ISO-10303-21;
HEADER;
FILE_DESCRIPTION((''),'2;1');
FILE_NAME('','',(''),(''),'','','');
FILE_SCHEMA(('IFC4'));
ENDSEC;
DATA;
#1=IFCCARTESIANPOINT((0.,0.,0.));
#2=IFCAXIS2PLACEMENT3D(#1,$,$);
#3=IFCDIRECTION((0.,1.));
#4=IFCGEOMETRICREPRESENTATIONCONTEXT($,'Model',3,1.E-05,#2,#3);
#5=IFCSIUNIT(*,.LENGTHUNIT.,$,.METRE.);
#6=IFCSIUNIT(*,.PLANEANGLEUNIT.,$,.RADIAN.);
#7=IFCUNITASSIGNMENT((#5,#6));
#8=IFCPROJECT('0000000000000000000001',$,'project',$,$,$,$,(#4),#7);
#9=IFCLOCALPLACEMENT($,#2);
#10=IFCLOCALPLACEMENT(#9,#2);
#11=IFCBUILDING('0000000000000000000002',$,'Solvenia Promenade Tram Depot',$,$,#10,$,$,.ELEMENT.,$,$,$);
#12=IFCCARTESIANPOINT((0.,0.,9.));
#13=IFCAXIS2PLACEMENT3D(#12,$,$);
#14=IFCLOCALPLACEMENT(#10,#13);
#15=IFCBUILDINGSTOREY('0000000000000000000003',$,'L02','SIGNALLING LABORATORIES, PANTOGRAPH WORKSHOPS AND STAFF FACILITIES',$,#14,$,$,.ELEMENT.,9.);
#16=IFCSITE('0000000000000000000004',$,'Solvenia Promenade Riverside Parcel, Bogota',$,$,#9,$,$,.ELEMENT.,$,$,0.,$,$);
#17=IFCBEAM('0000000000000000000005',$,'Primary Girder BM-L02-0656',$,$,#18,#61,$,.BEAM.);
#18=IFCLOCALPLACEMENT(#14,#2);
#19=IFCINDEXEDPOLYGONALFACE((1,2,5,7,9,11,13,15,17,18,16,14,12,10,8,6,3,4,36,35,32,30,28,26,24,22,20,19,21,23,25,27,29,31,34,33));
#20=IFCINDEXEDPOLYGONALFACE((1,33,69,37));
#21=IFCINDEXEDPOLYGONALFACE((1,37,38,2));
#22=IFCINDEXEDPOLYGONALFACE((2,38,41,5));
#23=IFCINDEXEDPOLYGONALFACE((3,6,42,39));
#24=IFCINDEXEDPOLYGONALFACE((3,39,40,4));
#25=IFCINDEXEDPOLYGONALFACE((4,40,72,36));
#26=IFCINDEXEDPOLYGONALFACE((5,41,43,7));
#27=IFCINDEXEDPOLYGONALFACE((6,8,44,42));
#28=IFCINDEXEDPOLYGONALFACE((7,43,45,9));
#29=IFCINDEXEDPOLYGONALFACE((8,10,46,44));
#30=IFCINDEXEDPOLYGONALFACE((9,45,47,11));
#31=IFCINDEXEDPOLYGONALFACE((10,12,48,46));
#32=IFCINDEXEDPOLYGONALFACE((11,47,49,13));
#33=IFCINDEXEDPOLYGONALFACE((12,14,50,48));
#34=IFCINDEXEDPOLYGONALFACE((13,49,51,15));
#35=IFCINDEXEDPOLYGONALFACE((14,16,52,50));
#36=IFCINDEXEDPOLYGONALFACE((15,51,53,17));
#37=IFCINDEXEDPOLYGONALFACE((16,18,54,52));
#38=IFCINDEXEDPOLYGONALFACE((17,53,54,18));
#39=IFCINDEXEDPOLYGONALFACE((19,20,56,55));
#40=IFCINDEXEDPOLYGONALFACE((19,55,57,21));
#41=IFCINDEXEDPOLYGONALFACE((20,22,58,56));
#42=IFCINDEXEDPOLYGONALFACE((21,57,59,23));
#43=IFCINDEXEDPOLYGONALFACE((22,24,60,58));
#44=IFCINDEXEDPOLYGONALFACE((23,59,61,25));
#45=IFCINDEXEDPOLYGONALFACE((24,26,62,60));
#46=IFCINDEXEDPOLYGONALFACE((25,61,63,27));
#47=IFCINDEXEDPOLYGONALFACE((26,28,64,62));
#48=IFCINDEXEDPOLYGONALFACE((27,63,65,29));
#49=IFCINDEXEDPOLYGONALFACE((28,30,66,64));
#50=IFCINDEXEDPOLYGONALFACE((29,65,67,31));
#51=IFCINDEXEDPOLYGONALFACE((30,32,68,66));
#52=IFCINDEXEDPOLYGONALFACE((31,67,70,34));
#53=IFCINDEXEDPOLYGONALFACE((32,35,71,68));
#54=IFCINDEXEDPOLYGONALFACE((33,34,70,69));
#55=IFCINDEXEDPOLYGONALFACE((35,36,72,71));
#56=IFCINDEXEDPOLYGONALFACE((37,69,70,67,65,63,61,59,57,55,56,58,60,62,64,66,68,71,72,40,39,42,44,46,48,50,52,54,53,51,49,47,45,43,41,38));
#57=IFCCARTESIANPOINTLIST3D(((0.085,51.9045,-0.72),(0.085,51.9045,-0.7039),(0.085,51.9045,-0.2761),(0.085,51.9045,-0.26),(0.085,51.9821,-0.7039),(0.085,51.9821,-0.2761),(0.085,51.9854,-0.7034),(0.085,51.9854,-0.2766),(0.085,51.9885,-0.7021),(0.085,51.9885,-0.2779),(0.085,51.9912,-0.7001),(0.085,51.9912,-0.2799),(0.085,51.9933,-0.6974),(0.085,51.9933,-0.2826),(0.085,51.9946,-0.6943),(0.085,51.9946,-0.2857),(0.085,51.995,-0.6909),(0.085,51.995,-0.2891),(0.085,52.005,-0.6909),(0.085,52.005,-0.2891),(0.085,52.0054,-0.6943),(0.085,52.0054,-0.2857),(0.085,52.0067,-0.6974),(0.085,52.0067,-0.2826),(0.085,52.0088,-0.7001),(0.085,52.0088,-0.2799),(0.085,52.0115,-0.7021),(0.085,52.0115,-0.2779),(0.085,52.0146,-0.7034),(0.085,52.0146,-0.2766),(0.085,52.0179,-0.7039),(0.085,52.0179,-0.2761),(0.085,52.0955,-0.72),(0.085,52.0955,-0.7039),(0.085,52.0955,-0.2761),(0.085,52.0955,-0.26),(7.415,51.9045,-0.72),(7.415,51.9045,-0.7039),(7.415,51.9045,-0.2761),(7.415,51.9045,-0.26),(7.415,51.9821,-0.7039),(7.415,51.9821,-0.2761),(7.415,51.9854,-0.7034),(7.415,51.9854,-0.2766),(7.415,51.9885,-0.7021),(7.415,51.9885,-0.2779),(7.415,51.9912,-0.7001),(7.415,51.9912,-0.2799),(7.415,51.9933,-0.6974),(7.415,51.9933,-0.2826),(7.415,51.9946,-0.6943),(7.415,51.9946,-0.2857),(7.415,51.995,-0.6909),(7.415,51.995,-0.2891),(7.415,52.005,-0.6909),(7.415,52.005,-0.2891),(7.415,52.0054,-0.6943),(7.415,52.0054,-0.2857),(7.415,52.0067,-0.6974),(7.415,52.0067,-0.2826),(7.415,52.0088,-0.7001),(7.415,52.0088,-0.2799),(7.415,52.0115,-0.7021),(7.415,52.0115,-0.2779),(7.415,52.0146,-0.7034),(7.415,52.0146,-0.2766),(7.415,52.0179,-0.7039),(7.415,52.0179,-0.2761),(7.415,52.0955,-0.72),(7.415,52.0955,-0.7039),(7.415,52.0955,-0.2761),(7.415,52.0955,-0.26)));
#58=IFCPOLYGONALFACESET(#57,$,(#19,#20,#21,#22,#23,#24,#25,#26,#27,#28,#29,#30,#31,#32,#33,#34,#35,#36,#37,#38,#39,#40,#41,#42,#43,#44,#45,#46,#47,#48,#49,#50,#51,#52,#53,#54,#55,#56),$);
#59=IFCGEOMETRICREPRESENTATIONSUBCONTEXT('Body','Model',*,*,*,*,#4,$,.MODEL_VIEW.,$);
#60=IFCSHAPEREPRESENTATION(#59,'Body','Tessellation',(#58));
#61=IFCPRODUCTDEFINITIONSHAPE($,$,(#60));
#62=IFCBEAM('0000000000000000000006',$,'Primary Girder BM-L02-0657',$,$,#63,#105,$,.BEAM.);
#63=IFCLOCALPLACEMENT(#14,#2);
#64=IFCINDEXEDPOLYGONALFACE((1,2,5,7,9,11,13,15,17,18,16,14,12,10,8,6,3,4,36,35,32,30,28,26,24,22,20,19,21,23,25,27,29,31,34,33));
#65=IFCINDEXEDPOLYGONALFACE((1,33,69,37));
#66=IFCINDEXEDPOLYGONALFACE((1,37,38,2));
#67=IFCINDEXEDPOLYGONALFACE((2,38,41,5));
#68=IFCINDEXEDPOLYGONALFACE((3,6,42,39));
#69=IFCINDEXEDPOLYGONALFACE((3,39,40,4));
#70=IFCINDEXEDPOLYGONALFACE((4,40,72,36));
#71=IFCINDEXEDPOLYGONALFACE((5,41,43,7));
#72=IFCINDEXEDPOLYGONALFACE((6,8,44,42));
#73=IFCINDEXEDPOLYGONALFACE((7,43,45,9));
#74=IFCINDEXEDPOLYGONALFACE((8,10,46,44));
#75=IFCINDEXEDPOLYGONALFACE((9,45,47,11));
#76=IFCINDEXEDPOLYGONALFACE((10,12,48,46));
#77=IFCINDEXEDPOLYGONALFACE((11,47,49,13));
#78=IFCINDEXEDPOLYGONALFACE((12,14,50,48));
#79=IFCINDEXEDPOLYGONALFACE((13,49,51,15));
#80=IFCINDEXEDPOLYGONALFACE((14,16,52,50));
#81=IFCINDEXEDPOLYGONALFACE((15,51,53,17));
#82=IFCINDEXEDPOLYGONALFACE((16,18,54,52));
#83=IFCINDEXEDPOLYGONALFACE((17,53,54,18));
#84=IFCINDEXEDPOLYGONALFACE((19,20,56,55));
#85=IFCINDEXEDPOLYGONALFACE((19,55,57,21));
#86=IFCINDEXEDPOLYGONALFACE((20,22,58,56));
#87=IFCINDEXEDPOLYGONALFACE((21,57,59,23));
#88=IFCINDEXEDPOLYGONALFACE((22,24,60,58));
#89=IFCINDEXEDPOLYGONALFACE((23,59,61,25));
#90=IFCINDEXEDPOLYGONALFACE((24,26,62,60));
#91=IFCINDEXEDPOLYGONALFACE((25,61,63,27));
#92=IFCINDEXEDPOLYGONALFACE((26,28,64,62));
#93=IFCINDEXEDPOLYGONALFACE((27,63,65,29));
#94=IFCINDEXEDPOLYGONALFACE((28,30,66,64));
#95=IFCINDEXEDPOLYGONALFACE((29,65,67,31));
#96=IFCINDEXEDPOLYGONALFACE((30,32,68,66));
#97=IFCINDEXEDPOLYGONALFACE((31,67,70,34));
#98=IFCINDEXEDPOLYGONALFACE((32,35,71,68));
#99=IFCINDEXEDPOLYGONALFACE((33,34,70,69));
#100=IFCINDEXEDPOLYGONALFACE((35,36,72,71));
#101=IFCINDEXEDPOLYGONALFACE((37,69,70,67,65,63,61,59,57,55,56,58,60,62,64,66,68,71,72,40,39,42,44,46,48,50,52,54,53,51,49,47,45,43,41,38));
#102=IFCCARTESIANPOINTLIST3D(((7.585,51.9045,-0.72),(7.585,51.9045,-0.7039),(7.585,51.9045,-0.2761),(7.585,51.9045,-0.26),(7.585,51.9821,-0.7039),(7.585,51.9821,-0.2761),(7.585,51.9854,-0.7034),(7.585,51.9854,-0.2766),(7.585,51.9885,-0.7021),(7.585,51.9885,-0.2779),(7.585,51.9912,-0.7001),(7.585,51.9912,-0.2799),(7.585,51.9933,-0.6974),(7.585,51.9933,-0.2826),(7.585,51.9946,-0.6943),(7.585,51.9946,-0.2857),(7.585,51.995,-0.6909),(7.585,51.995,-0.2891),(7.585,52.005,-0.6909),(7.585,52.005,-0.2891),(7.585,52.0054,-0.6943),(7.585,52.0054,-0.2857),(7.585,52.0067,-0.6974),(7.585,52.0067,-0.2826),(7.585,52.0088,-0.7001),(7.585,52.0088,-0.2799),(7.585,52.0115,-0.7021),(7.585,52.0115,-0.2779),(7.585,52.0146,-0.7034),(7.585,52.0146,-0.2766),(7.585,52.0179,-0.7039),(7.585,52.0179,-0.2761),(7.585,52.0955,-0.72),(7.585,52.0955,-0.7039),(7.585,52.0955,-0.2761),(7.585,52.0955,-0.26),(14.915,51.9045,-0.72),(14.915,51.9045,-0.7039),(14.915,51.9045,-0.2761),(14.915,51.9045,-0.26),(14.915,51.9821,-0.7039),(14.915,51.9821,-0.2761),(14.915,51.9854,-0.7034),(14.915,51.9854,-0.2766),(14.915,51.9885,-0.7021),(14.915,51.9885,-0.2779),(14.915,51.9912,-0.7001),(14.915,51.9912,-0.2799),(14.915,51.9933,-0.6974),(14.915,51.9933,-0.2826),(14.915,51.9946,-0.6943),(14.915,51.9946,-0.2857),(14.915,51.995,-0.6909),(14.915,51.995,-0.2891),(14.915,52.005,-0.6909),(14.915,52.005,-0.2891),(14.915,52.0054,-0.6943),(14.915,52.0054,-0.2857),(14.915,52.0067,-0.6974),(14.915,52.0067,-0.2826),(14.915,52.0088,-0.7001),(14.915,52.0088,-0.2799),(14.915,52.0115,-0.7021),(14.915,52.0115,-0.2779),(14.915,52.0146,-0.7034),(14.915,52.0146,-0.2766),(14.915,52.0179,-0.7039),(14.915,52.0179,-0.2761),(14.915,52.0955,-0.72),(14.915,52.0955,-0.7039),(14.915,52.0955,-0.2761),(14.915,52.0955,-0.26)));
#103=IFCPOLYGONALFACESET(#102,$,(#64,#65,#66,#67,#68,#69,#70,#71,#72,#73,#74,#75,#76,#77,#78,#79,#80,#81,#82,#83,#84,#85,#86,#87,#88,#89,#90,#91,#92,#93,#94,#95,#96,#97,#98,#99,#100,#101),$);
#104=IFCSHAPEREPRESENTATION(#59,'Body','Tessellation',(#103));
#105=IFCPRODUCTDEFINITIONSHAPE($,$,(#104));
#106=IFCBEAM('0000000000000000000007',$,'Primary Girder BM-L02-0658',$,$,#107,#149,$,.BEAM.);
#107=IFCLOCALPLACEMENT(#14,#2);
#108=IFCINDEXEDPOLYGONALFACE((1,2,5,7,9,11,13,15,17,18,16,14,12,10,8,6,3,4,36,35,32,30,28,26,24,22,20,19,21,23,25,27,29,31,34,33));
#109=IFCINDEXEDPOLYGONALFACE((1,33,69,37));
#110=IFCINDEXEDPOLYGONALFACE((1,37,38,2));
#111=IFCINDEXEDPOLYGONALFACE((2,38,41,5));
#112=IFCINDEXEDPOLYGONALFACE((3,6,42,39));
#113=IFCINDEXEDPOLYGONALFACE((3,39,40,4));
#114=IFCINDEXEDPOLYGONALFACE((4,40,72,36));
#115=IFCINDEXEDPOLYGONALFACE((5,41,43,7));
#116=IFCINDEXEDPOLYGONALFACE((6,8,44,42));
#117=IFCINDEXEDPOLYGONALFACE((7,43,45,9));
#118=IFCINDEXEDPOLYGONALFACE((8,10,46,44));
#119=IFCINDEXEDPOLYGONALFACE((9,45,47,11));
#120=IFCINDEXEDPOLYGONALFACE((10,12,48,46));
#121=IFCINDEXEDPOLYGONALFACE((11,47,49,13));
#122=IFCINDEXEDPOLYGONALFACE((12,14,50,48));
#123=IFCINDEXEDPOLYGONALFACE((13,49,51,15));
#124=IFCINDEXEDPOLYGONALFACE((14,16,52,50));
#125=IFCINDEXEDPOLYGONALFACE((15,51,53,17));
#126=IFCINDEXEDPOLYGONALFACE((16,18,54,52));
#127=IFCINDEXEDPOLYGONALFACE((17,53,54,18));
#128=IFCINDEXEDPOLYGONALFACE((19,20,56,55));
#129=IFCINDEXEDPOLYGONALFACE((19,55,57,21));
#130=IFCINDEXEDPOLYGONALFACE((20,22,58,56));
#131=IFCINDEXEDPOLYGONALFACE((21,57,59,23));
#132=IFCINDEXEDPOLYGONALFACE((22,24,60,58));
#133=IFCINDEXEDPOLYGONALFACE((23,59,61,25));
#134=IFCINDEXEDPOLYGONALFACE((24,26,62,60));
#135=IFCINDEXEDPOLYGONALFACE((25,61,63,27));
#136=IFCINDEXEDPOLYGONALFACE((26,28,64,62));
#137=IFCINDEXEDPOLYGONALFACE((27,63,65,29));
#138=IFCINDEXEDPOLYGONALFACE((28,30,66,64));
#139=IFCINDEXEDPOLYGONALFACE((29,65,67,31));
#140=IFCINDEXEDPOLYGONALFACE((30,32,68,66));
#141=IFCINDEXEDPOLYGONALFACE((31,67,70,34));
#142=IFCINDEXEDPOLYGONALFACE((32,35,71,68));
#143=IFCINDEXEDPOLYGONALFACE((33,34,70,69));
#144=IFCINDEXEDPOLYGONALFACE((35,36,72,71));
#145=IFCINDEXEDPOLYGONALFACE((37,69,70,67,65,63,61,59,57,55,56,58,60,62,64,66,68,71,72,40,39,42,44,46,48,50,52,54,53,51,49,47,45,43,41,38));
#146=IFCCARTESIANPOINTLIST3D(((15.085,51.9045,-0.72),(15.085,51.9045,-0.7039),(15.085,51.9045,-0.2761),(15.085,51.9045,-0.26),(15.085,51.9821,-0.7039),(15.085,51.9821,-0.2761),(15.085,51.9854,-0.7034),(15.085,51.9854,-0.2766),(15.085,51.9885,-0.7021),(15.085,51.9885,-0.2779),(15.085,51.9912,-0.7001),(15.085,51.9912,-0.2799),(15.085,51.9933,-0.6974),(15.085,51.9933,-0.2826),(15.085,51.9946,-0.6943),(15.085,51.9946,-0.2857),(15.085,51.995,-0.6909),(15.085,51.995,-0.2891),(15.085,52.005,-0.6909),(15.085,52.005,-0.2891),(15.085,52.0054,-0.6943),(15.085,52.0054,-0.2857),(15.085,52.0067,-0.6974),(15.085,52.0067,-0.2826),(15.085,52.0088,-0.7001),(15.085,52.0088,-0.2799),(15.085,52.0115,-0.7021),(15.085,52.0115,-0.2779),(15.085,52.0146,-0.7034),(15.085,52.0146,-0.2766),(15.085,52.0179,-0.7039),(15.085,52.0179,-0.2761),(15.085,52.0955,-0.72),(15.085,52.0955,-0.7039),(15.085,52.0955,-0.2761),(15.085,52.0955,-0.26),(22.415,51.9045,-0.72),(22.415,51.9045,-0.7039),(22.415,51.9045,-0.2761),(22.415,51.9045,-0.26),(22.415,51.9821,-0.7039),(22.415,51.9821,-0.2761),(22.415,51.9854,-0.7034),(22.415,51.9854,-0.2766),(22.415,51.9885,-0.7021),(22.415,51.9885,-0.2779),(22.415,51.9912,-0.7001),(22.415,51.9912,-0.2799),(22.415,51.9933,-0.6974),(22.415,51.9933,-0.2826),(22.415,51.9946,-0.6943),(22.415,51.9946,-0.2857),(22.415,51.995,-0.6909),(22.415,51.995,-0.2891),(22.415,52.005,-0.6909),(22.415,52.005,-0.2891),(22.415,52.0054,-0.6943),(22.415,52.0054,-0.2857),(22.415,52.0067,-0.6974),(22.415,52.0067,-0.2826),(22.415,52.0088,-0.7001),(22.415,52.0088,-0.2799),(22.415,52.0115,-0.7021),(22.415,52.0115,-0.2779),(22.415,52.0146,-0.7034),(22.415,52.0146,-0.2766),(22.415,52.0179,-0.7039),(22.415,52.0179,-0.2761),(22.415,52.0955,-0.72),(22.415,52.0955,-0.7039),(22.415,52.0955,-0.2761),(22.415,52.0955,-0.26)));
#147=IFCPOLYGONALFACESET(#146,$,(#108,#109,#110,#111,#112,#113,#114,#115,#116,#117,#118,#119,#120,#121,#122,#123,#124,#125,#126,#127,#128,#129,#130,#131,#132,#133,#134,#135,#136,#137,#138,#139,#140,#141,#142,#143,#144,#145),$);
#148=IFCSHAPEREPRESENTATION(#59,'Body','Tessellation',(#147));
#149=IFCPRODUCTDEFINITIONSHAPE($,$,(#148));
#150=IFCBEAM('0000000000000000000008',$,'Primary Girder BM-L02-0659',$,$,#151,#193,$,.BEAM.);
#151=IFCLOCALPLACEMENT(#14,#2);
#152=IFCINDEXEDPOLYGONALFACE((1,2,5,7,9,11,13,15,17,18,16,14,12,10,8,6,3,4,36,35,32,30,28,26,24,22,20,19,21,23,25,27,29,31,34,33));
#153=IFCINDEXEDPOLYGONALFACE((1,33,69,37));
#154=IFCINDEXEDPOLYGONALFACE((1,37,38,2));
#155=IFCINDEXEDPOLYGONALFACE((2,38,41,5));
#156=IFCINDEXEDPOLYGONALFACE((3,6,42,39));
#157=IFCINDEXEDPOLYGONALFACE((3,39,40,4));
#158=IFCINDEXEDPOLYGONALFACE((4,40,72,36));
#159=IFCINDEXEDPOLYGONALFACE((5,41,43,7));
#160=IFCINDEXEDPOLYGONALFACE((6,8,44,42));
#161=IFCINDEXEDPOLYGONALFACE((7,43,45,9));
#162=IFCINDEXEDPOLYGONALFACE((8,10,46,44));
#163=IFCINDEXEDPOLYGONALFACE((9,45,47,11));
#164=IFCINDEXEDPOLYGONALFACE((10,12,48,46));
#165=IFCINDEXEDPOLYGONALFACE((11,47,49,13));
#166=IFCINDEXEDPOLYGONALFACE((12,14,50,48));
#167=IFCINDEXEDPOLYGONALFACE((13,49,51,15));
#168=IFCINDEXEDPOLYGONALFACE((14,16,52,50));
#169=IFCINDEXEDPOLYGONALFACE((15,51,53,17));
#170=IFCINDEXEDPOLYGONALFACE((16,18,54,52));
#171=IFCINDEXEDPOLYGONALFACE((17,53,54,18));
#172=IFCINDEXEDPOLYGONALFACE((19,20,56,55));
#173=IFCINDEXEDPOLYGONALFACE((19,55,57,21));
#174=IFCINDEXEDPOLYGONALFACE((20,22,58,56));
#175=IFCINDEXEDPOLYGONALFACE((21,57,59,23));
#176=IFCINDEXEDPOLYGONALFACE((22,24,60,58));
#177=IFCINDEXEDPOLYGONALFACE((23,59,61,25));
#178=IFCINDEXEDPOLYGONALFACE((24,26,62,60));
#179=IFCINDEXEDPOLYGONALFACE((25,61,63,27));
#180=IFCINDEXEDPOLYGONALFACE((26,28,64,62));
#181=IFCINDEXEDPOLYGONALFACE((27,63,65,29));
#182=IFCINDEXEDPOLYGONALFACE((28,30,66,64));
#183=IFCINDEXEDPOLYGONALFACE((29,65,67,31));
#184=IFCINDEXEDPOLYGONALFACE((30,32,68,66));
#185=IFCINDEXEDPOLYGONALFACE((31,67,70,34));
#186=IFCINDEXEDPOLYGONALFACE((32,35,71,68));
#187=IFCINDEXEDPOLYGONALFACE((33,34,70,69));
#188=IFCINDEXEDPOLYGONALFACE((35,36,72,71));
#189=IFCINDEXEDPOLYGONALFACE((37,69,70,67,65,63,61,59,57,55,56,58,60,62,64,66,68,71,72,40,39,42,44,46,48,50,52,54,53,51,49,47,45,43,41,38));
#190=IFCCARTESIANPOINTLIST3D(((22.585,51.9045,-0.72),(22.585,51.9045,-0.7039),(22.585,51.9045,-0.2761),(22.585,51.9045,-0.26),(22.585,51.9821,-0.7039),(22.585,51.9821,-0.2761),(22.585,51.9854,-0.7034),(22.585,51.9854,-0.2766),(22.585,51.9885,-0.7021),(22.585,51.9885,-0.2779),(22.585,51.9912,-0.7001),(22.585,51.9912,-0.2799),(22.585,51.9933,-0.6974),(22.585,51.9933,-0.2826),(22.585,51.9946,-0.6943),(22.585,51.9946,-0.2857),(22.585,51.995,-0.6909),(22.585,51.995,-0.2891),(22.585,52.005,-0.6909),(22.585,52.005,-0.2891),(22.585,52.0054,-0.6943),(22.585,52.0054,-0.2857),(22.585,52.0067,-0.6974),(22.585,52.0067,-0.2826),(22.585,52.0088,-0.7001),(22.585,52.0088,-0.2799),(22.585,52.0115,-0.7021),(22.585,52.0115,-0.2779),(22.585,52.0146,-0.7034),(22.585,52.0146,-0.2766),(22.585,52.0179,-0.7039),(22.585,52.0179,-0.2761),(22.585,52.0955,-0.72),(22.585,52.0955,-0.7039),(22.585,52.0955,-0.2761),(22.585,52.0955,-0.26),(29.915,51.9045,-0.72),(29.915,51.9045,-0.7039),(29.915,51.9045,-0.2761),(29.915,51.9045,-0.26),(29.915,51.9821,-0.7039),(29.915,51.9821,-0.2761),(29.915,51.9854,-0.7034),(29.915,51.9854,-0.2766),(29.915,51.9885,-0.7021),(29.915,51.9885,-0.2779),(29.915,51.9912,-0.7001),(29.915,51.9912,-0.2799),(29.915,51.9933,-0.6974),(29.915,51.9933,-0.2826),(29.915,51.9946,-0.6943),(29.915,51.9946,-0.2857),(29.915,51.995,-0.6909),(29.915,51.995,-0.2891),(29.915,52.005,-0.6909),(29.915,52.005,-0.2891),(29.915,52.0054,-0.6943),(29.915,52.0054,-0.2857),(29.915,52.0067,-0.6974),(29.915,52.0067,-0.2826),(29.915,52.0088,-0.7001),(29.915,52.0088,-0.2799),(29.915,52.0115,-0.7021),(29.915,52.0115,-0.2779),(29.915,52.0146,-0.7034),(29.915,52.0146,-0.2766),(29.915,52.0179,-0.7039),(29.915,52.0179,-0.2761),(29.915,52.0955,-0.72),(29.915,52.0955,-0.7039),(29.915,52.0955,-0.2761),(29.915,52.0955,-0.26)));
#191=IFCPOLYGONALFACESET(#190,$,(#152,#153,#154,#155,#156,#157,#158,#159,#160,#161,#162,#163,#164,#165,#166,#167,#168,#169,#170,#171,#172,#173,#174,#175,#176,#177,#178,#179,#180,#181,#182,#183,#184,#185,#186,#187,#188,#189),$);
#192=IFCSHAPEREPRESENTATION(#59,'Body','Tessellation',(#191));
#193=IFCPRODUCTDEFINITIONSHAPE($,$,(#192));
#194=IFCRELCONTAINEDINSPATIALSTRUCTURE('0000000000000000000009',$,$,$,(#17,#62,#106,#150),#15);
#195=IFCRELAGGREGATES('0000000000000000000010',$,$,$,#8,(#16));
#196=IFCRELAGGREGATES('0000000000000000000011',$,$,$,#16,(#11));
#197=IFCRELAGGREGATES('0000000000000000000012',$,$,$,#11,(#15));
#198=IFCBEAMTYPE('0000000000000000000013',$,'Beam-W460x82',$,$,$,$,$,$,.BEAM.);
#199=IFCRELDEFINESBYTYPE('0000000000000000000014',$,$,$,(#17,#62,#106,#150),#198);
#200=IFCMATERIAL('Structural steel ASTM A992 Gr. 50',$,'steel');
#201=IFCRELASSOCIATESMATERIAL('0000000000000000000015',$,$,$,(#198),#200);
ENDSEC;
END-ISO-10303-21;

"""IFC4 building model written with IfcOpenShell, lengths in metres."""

from ifc_helpers import new_model, si_unit, direction, frame, origin, origin_2d, place, context, subcontext, project, spatial, i_section, extrude, material, material_profile, profile_set, type_object, element, save


model = new_model("IFC4")

# Units and contexts
model_context = context("Model", 3, precision=1e-05, world=origin(), true_north=direction((0.0, 1.0)))
body_context = subcontext(model_context, "Body", "Model", "MODEL_VIEW")
ifc_project = project(units=[si_unit("LENGTHUNIT", "METRE"), si_unit("PLANEANGLEUNIT", "RADIAN")], contexts=[model_context])

# Site, building, storey
site_placement = place(None, origin())
site = spatial("IfcSite", under=ifc_project, at=site_placement, Name="Solvenia Promenade Riverside Parcel, Bogota", CompositionType="ELEMENT", RefElevation=0.0)
building_placement = place(site_placement, origin())
building = spatial("IfcBuilding", under=site, at=building_placement, Name="Solvenia Promenade Tram Depot", CompositionType="ELEMENT")
storey_placement = place(building_placement, frame((0.0, 0.0, 9.0)))
storey = spatial("IfcBuildingStorey", under=building, at=storey_placement, Name="L02", Description="SIGNALLING LABORATORIES, PANTOGRAPH WORKSHOPS AND STAFF FACILITIES", CompositionType="ELEMENT", Elevation=9.0)

# Beams
ifc_material = material(Name="Structural steel ASTM A992 Gr. 50", Category="steel")
ifc_material_profile_1 = material_profile(ifc_material, i_section(OverallWidth=0.1909, OverallDepth=0.46, WebThickness=0.01, FlangeThickness=0.0161, FilletRadius=0.0129, at=origin_2d()), Name="W460x82", Category="steel")
ifc_profile_set_1 = profile_set([ifc_material_profile_1], Name="Structural steel ASTM A992 Gr. 50")
beam_type_1 = type_object("IfcBeamType", Name="Beam-W460x82", PredefinedType="BEAM", material=ifc_profile_set_1)
for number, where, z_axis, x_axis, name in (
    (1, (0.085, 52.0, -0.49), (1.0, 0.0, 0.0), (0.0, 1.0, 0.0), "Primary Girder BM-L02-0656"),
    (2, (7.585, 52.0, -0.49), (1.0, 0.0, 0.0), (0.0, 1.0, 0.0), "Primary Girder BM-L02-0657"),
    (3, (15.085, 52.0, -0.49), (1.0, 0.0, 0.0), (0.0, 1.0, 0.0), "Primary Girder BM-L02-0658"),
    (4, (22.585, 52.0, -0.49), (1.0, 0.0, 0.0), (0.0, 1.0, 0.0), "Primary Girder BM-L02-0659"),
):
    element("IfcBeam", number, at=place(storey_placement, frame(where, z_axis=z_axis, x_axis=x_axis)), inside=storey, type_object=beam_type_1, Name=name, PredefinedType="BEAM", context=body_context, shape_type="SweptSolid", body=[
        extrude(i_section(OverallWidth=0.1909, OverallDepth=0.46, WebThickness=0.01, FlangeThickness=0.0161, FilletRadius=0.0129, at=origin_2d()), origin(), (0.0, 0.0, 1.0), 7.3301),
    ])

save(model, "model.ifc")
